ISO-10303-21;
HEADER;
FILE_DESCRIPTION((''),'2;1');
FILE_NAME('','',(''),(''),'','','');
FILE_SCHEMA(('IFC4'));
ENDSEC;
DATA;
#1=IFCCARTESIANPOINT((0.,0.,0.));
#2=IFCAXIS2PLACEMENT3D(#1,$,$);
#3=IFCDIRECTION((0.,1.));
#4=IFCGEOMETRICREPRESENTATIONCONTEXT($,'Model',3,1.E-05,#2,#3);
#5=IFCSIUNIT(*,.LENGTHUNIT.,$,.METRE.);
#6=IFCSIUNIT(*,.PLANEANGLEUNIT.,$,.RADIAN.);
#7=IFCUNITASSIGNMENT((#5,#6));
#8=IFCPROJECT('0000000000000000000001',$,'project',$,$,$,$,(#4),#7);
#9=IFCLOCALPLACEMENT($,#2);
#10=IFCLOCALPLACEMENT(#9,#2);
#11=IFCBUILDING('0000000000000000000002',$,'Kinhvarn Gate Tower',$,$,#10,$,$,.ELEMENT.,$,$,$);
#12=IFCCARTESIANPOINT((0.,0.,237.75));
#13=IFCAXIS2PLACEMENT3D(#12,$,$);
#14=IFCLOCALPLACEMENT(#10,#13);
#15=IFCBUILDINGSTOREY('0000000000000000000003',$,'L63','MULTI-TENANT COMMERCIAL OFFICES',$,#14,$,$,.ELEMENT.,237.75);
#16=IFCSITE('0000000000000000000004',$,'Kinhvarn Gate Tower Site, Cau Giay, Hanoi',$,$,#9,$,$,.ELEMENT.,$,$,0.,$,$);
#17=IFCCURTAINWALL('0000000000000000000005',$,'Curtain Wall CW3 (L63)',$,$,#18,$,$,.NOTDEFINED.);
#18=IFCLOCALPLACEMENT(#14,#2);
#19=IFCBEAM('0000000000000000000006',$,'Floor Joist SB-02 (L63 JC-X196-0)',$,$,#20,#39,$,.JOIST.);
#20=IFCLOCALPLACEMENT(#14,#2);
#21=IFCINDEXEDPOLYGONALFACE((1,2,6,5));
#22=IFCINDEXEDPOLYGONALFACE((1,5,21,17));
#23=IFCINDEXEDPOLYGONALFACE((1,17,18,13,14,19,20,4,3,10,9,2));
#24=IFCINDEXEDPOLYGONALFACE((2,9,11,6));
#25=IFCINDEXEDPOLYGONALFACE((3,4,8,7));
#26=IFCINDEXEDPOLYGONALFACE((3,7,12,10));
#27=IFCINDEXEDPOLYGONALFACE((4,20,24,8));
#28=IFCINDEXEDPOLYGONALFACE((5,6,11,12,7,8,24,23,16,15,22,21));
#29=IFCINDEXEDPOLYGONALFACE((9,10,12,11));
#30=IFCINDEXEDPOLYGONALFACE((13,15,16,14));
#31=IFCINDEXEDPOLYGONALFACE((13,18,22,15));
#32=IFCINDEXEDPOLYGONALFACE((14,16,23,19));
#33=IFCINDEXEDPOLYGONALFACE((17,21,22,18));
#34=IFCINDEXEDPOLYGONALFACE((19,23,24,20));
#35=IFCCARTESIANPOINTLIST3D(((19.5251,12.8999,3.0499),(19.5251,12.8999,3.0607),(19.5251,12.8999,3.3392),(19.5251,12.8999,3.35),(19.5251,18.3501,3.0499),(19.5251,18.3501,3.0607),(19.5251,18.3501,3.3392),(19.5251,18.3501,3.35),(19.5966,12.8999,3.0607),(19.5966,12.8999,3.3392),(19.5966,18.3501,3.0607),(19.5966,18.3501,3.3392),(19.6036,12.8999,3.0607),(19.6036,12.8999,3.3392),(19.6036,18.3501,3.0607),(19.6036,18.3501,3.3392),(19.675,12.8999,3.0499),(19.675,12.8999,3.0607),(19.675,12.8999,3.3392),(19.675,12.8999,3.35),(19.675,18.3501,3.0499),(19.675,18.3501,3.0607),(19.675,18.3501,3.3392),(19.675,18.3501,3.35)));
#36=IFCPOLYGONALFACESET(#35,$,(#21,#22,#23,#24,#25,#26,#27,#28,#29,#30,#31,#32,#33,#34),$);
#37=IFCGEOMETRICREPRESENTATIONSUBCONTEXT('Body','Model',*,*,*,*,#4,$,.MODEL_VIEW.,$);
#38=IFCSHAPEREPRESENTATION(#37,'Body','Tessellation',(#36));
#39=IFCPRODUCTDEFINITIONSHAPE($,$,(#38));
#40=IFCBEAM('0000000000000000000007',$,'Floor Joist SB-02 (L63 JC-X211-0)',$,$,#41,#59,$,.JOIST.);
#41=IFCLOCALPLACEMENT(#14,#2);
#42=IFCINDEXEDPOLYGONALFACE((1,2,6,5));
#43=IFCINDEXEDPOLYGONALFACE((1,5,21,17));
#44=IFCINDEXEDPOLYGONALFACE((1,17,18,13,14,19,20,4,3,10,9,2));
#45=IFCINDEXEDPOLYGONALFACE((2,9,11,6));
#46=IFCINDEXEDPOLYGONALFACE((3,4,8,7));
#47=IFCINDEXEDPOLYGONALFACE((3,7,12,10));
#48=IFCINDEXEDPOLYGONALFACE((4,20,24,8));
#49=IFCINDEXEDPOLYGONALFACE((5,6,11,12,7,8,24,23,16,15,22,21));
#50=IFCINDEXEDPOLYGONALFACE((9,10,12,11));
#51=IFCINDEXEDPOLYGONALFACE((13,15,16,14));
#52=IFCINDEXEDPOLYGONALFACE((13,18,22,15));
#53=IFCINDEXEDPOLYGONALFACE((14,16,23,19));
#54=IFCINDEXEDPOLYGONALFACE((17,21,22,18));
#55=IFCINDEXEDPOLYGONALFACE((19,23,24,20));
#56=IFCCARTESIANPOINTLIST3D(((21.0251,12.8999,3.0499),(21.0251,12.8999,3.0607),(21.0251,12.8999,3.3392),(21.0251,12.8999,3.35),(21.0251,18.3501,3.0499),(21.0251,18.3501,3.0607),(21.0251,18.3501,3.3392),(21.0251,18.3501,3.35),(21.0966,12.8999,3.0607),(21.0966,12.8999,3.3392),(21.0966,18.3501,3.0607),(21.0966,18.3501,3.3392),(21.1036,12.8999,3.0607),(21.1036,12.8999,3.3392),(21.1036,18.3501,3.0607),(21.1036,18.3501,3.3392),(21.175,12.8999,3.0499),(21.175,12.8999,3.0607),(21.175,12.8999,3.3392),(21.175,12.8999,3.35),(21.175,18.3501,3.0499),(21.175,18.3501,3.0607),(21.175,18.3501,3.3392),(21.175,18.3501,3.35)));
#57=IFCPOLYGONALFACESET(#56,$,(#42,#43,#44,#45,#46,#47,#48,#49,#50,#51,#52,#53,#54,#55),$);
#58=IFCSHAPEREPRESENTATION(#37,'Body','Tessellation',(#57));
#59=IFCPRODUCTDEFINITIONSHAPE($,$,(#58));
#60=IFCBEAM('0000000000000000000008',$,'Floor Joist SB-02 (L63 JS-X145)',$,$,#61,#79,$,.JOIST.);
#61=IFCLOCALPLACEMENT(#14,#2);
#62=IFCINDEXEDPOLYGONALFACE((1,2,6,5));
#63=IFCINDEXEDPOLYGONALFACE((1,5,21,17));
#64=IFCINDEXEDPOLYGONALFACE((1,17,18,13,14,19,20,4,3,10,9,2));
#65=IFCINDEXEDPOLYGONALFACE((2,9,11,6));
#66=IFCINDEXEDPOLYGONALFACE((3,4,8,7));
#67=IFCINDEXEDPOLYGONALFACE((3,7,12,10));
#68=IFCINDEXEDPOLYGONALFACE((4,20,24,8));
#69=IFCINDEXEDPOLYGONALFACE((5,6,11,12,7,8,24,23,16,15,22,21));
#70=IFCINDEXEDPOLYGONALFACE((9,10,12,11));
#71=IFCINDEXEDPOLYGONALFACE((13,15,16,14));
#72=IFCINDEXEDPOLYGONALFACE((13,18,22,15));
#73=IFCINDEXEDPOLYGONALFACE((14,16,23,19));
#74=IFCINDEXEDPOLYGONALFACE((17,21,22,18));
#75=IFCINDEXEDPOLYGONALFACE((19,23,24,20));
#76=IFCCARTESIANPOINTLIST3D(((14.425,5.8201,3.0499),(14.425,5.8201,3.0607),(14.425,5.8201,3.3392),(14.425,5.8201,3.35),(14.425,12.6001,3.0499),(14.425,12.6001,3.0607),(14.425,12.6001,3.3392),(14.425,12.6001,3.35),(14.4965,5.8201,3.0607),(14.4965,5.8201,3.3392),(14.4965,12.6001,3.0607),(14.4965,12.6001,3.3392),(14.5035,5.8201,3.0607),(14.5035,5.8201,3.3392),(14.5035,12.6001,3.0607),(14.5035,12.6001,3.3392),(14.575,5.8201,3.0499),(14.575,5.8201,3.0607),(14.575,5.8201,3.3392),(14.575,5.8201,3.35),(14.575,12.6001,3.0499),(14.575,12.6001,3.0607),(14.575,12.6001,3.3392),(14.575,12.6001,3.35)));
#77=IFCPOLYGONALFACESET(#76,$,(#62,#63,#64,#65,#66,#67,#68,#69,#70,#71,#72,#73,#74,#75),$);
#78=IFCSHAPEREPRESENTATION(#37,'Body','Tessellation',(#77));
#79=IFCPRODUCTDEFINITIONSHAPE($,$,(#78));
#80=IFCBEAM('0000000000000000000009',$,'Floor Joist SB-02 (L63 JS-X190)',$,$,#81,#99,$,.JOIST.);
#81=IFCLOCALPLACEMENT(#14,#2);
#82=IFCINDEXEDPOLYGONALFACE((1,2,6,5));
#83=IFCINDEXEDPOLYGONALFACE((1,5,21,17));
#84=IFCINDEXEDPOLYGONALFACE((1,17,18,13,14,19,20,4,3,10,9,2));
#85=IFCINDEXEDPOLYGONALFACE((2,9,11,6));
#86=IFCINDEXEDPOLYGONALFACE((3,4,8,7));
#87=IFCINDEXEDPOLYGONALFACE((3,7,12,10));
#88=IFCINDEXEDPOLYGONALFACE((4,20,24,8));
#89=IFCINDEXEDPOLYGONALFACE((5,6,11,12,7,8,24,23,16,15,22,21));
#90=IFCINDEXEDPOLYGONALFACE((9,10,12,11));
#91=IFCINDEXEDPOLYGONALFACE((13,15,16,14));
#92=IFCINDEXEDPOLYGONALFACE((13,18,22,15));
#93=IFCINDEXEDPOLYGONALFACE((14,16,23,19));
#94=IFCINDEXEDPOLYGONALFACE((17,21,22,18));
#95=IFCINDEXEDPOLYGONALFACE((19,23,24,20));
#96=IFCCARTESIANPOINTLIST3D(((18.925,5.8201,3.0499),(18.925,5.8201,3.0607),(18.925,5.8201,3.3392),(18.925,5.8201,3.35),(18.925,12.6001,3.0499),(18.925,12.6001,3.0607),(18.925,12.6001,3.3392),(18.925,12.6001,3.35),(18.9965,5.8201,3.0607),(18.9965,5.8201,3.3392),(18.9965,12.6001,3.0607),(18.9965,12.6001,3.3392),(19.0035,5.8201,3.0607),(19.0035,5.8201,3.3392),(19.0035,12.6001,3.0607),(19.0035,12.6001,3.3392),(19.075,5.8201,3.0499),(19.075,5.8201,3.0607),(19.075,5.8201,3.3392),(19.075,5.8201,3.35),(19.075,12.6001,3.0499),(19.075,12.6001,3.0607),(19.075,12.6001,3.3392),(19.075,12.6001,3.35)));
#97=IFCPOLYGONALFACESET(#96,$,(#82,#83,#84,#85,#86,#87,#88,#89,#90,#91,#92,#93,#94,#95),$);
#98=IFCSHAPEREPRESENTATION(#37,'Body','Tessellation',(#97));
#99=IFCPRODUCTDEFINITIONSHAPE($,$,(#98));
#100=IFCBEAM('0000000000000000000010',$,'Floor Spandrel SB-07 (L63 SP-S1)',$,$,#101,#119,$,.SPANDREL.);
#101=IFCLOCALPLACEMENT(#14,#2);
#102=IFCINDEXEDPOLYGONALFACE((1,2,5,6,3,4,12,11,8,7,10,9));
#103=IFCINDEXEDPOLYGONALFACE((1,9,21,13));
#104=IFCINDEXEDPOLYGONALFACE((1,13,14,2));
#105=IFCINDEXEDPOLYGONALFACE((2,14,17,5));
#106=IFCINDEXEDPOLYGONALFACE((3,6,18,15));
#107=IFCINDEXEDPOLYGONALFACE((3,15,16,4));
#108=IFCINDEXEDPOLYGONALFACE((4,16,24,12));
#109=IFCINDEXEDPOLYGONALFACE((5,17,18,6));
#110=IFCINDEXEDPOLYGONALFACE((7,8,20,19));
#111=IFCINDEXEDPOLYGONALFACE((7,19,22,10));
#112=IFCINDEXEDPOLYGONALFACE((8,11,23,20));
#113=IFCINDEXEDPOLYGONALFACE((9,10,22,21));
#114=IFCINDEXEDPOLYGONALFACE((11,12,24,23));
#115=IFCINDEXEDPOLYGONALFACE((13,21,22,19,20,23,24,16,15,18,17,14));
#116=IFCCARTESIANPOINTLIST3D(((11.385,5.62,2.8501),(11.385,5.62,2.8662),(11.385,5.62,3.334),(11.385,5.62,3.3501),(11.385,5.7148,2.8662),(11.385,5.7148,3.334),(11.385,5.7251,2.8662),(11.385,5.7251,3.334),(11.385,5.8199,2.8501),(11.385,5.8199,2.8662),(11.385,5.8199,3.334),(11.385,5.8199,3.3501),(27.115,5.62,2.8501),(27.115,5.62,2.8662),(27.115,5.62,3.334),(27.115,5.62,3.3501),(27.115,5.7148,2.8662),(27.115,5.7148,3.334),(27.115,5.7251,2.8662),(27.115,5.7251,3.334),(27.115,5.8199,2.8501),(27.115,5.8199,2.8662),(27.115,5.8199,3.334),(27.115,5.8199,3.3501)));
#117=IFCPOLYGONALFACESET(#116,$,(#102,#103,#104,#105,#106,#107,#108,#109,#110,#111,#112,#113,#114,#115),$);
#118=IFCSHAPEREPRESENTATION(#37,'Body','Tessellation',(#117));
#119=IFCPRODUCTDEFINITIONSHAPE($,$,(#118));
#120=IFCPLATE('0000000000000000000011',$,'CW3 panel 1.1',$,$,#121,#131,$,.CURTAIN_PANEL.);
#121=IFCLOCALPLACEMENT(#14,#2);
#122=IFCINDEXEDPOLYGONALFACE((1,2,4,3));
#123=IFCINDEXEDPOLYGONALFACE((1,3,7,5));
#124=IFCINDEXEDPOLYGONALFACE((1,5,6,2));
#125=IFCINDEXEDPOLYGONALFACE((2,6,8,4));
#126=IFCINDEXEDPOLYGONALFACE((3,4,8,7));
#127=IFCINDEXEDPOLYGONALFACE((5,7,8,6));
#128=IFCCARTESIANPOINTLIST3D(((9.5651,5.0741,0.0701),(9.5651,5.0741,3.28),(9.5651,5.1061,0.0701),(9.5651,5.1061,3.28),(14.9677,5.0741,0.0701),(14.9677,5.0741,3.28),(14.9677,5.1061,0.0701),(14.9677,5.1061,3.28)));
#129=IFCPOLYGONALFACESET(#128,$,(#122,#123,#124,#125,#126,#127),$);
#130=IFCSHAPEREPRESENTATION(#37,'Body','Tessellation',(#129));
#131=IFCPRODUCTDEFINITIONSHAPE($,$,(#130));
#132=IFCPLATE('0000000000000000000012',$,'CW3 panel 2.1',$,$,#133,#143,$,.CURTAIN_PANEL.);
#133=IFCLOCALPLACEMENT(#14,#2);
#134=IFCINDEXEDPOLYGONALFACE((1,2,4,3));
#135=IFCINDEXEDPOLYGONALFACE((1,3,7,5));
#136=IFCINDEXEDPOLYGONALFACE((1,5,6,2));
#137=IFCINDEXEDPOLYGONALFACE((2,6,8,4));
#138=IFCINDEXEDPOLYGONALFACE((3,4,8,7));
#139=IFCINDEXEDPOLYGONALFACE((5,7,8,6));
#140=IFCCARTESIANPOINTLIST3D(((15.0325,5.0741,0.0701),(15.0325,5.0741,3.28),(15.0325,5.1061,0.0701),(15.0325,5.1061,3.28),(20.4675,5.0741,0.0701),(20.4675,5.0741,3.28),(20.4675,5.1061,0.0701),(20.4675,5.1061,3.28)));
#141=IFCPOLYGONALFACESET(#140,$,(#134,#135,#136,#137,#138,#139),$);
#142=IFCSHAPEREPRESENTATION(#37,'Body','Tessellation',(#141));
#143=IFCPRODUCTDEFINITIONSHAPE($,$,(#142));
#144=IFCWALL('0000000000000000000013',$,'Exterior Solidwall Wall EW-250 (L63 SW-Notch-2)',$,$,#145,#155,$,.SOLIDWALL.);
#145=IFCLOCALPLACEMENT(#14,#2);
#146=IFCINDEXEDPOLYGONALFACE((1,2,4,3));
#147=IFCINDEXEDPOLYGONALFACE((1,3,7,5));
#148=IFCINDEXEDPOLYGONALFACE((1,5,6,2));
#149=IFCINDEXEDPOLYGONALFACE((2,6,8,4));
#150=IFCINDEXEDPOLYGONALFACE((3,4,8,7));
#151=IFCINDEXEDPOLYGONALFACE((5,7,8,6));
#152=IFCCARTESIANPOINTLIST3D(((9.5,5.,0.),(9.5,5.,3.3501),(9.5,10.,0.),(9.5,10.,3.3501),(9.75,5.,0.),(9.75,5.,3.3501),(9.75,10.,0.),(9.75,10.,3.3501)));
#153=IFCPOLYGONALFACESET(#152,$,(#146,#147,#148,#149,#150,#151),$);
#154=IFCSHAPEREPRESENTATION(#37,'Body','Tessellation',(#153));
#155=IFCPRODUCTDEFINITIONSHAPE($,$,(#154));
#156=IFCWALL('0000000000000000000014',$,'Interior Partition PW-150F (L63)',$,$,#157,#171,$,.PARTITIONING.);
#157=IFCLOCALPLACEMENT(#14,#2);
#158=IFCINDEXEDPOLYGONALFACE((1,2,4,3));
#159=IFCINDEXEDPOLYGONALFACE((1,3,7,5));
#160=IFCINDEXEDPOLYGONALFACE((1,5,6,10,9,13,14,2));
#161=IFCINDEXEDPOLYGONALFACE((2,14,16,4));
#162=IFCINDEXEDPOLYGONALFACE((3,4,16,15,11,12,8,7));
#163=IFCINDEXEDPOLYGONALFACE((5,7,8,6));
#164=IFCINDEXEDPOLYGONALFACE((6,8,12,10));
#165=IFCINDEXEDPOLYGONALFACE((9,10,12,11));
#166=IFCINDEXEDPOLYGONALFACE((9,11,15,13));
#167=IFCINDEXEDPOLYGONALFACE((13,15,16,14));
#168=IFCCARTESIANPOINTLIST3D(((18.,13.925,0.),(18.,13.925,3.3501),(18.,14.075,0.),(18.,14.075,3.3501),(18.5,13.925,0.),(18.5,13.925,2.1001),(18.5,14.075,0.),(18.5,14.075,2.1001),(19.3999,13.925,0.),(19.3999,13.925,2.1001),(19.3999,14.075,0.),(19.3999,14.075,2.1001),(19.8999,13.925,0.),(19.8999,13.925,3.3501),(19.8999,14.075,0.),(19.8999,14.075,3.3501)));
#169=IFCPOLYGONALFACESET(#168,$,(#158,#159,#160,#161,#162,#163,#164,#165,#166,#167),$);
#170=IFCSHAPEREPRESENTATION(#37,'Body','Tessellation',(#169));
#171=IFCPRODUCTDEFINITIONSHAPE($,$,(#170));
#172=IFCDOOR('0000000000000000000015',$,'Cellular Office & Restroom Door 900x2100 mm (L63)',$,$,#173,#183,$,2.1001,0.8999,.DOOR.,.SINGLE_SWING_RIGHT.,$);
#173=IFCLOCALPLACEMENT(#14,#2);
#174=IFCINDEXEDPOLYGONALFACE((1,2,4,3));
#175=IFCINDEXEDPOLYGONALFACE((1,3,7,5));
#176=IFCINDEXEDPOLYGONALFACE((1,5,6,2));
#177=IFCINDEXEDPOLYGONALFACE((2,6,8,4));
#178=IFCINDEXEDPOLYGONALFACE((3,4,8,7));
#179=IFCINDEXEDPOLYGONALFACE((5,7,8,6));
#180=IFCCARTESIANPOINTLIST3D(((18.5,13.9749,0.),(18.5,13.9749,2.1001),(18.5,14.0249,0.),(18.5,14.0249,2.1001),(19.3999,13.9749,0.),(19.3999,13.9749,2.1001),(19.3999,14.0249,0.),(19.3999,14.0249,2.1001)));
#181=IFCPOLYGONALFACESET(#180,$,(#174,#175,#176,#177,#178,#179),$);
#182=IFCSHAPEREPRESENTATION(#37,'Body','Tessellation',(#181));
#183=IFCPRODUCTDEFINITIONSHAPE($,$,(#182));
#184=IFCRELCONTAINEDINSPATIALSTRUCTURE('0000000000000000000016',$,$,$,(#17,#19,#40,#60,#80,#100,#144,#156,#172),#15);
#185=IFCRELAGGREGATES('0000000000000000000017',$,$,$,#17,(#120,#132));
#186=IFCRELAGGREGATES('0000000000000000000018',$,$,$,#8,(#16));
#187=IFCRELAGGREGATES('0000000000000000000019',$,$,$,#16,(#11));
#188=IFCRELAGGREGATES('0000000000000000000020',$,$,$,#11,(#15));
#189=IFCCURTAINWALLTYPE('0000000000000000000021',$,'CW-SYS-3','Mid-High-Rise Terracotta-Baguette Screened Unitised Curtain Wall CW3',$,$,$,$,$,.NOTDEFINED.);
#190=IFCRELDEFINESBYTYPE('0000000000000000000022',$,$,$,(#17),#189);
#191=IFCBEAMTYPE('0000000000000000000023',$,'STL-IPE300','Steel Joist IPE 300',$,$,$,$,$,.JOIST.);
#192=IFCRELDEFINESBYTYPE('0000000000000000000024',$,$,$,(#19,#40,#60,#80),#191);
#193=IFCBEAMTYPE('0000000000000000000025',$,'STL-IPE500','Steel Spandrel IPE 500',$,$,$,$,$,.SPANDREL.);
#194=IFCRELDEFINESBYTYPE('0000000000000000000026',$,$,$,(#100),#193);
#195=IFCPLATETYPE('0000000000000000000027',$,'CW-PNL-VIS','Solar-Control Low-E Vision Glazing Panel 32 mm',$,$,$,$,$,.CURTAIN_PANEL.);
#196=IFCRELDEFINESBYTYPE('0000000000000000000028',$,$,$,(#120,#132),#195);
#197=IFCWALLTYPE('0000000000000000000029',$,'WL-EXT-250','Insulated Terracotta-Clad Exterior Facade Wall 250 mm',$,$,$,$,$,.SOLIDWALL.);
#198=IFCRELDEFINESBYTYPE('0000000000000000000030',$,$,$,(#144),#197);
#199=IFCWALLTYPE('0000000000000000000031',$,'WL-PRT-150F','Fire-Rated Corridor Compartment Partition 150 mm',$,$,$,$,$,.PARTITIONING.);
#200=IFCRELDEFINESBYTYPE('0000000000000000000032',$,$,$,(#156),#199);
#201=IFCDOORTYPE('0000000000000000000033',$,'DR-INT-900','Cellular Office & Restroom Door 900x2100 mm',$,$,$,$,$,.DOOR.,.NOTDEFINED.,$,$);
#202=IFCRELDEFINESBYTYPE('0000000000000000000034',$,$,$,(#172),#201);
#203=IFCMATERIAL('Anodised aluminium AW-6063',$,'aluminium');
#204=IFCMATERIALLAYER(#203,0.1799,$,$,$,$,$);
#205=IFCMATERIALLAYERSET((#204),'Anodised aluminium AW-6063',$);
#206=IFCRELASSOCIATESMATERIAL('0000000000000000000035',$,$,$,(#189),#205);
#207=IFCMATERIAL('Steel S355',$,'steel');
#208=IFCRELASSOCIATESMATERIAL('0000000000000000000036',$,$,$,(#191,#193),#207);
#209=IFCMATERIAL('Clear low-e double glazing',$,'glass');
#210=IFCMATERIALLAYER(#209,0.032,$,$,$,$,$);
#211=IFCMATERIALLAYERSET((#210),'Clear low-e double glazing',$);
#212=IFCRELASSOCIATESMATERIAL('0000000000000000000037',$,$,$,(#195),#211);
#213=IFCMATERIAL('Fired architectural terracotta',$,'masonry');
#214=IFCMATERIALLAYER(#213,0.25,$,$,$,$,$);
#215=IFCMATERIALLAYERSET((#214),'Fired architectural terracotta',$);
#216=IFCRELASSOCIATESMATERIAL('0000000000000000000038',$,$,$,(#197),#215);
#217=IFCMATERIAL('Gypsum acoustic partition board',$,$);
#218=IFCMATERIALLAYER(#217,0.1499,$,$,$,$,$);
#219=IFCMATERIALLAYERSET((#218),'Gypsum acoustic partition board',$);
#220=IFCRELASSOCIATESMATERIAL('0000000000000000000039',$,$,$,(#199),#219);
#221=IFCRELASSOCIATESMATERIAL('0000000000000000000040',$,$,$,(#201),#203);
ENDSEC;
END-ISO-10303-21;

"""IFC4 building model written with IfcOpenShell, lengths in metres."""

from ifc_helpers import new_model, si_unit, direction, frame, frame_2d, origin, origin_2d, place, context, subcontext, project, spatial, rectangle, i_section, extrude, material, layer, layer_set, material_profile, profile_set, type_object, element, fill, aggregate, save


model = new_model("IFC4")

# Units and contexts
model_context = context("Model", 3, precision=1e-05, world=origin(), true_north=direction((0.0, 1.0)))
body_context = subcontext(model_context, "Body", "Model", "MODEL_VIEW")
ifc_project = project(units=[si_unit("LENGTHUNIT", "METRE"), si_unit("PLANEANGLEUNIT", "RADIAN")], contexts=[model_context])

# Site, building, storey
site_placement = place(None, origin())
site = spatial("IfcSite", under=ifc_project, at=site_placement, Name="Kinhvarn Gate Tower Site, Cau Giay, Hanoi", CompositionType="ELEMENT", RefElevation=0.0)
building_placement = place(site_placement, origin())
building = spatial("IfcBuilding", under=site, at=building_placement, Name="Kinhvarn Gate Tower", CompositionType="ELEMENT")
storey_placement = place(building_placement, frame((0.0, 0.0, 237.75)))
storey = spatial("IfcBuildingStorey", under=building, at=storey_placement, Name="L63", Description="MULTI-TENANT COMMERCIAL OFFICES", CompositionType="ELEMENT", Elevation=237.75)

# Curtain wall
ifc_material_1 = material(Name="Anodised aluminium AW-6063", Category="aluminium")
ifc_layer_1 = layer(ifc_material_1, 0.1799)
ifc_layer_set_1 = layer_set([ifc_layer_1], Name="Anodised aluminium AW-6063")
curtain_wall_type = type_object("IfcCurtainWallType", Name="CW-SYS-3", Description="Mid-High-Rise Terracotta-Baguette Screened Unitised Curtain Wall CW3", PredefinedType="NOTDEFINED", material=ifc_layer_set_1)
curtain_wall_placement = place(storey_placement, origin())
curtain_wall = element("IfcCurtainWall", 1, at=curtain_wall_placement, inside=storey, type_object=curtain_wall_type, Name="Curtain Wall CW3 (L63)", PredefinedType="NOTDEFINED")

# Beams
ifc_material_2 = material(Name="Steel S355", Category="steel")
ifc_material_profile_1 = material_profile(ifc_material_2, i_section(OverallWidth=0.1499, OverallDepth=0.3, WebThickness=0.0071, FlangeThickness=0.0107, at=origin_2d()), Name="IPE 300")
ifc_profile_set_1 = profile_set([ifc_material_profile_1], Name="Steel S355")
beam_type_1 = type_object("IfcBeamType", Name="STL-IPE300", Description="Steel Joist IPE 300", PredefinedType="JOIST", material=ifc_profile_set_1)
for number, where, z_axis, x_axis, name in (
    (2, (19.6001, 12.8999, 3.2), (0.0, 1.0, 0.0), (-1.0, 0.0, 0.0), "Floor Joist SB-02 (L63 JC-X196-0)"),
    (3, (21.1001, 12.8999, 3.2), (0.0, 1.0, 0.0), (-1.0, 0.0, 0.0), "Floor Joist SB-02 (L63 JC-X211-0)"),
):
    element("IfcBeam", number, at=place(storey_placement, frame(where, z_axis=z_axis, x_axis=x_axis)), inside=storey, type_object=beam_type_1, Name=name, PredefinedType="JOIST", context=body_context, shape_type="SweptSolid", body=[
        extrude(i_section(OverallWidth=0.1499, OverallDepth=0.3, WebThickness=0.0071, FlangeThickness=0.0107, at=origin_2d()), origin(), (0.0, 0.0, 1.0), 5.4502),
    ])
for number, where, z_axis, x_axis, name in (
    (4, (14.5, 5.8201, 3.2), (0.0, 1.0, 0.0), (-1.0, 0.0, 0.0), "Floor Joist SB-02 (L63 JS-X145)"),
    (5, (19.0, 5.8201, 3.2), (0.0, 1.0, 0.0), (-1.0, 0.0, 0.0), "Floor Joist SB-02 (L63 JS-X190)"),
):
    element("IfcBeam", number, at=place(storey_placement, frame(where, z_axis=z_axis, x_axis=x_axis)), inside=storey, type_object=beam_type_1, Name=name, PredefinedType="JOIST", context=body_context, shape_type="SweptSolid", body=[
        extrude(i_section(OverallWidth=0.1499, OverallDepth=0.3, WebThickness=0.0071, FlangeThickness=0.0107, at=origin_2d()), origin(), (0.0, 0.0, 1.0), 6.78),
    ])
ifc_material_profile_2 = material_profile(ifc_material_2, i_section(OverallWidth=0.2, OverallDepth=0.5, WebThickness=0.0103, FlangeThickness=0.0161, at=origin_2d()), Name="IPE 500")
ifc_profile_set_2 = profile_set([ifc_material_profile_2], Name="Steel S355")
beam_type_2 = type_object("IfcBeamType", Name="STL-IPE500", Description="Steel Spandrel IPE 500", PredefinedType="SPANDREL", material=ifc_profile_set_2)
beam_1_placement = place(storey_placement, frame((11.385, 5.72, 3.1001), z_axis=(1.0, 0.0, 0.0), x_axis=(0.0, 1.0, 0.0)))
element("IfcBeam", 6, at=beam_1_placement, inside=storey, type_object=beam_type_2, Name="Floor Spandrel SB-07 (L63 SP-S1)", PredefinedType="SPANDREL", context=body_context, shape_type="SweptSolid", body=[
    extrude(i_section(OverallWidth=0.2, OverallDepth=0.5, WebThickness=0.0103, FlangeThickness=0.0161, at=origin_2d()), origin(), (0.0, 0.0, 1.0), 15.73),
])

# Plates
ifc_material_3 = material(Name="Clear low-e double glazing", Category="glass")
ifc_layer_2 = layer(ifc_material_3, 0.032)
ifc_layer_set_2 = layer_set([ifc_layer_2], Name="Clear low-e double glazing")
plate_type = type_object("IfcPlateType", Name="CW-PNL-VIS", Description="Solar-Control Low-E Vision Glazing Panel 32 mm", PredefinedType="CURTAIN_PANEL", material=ifc_layer_set_2)
plate_1_placement = place(storey_placement, frame((12.2664, 5.0901, 0.0701), z_axis=(0.0, 0.0, 1.0), x_axis=(1.0, 0.0, 0.0)))
plate_1 = element("IfcPlate", 7, at=plate_1_placement, type_object=plate_type, Name="CW3 panel 1.1", PredefinedType="CURTAIN_PANEL", context=body_context, shape_type="SweptSolid", body=[
    extrude(rectangle(XDim=5.4026, YDim=0.032, at=origin_2d()), origin(), (0.0, 0.0, 1.0), 3.21),
])
plate_2_placement = place(storey_placement, frame((17.75, 5.0901, 0.0701), z_axis=(0.0, 0.0, 1.0), x_axis=(1.0, 0.0, 0.0)))
plate_2 = element("IfcPlate", 8, at=plate_2_placement, type_object=plate_type, Name="CW3 panel 2.1", PredefinedType="CURTAIN_PANEL", context=body_context, shape_type="SweptSolid", body=[
    extrude(rectangle(XDim=5.4351, YDim=0.032, at=origin_2d()), origin(), (0.0, 0.0, 1.0), 3.21),
])
aggregate(curtain_wall, [plate_1, plate_2])

# Wall
ifc_material_4 = material(Name="Fired architectural terracotta", Category="masonry")
ifc_layer_3 = layer(ifc_material_4, 0.25)
ifc_layer_set_3 = layer_set([ifc_layer_3], Name="Fired architectural terracotta")
wall_type_1 = type_object("IfcWallType", Name="WL-EXT-250", Description="Insulated Terracotta-Clad Exterior Facade Wall 250 mm", PredefinedType="SOLIDWALL", material=ifc_layer_set_3)
wall_1_placement = place(storey_placement, frame((9.625, 10.0, 0.0), z_axis=(0.0, 0.0, 1.0), x_axis=(0.0, -1.0, 0.0)))
element("IfcWall", 9, at=wall_1_placement, inside=storey, type_object=wall_type_1, Name="Exterior Solidwall Wall EW-250 (L63 SW-Notch-2)", PredefinedType="SOLIDWALL", context=body_context, shape_type="SweptSolid", body=[
    extrude(rectangle(XDim=5.0, YDim=0.25, at=frame_2d((2.5, 0.0))), origin(), (0.0, 0.0, 1.0), 3.3501),
])

# Wall, opening, door
ifc_material_5 = material(Name="Gypsum acoustic partition board")
ifc_layer_4 = layer(ifc_material_5, 0.1499)
ifc_layer_set_4 = layer_set([ifc_layer_4], Name="Gypsum acoustic partition board")
wall_type_2 = type_object("IfcWallType", Name="WL-PRT-150F", Description="Fire-Rated Corridor Compartment Partition 150 mm", PredefinedType="PARTITIONING", material=ifc_layer_set_4)
wall_2_placement = place(storey_placement, frame((18.0, 14.0, 0.0), z_axis=(0.0, 0.0, 1.0), x_axis=(1.0, 0.0, 0.0)))
wall_2 = element("IfcWall", 10, at=wall_2_placement, inside=storey, type_object=wall_type_2, Name="Interior Partition PW-150F (L63)", PredefinedType="PARTITIONING", context=body_context, shape_type="SweptSolid", body=[
    extrude(rectangle(XDim=1.8999, YDim=0.1499, at=frame_2d((0.95, 0.0))), origin(), (0.0, 0.0, 1.0), 3.3501),
])
opening_placement = place(wall_2_placement, frame((0.5, 0.0, 0.0)))
opening = element("IfcOpeningElement", 11, at=opening_placement, cuts=wall_2, PredefinedType="OPENING", context=body_context, shape_type="SweptSolid", body=[
    extrude(rectangle(XDim=0.8999, YDim=2.1001, at=frame_2d((0.45, 1.05))), frame((0.0, 0.085, 0.0), z_axis=(0.0, -1.0, 0.0), x_axis=(1.0, 0.0, 0.0)), (0.0, 0.0, 1.0), 0.1699),
])
door_type = type_object("IfcDoorType", Name="DR-INT-900", Description="Cellular Office & Restroom Door 900x2100 mm", OperationType="NOTDEFINED", PredefinedType="DOOR", material=ifc_material_1)
door_placement = place(opening_placement, origin())
door = element("IfcDoor", 12, at=door_placement, inside=storey, type_object=door_type, Name="Cellular Office & Restroom Door 900x2100 mm (L63)", OperationType="SINGLE_SWING_RIGHT", OverallHeight=2.1001, OverallWidth=0.8999, PredefinedType="DOOR", context=body_context, shape_type="SweptSolid", body=[
    extrude(rectangle(XDim=0.8999, YDim=2.1001, at=frame_2d((0.45, 1.05))), frame((0.0, 0.0249, 0.0), z_axis=(0.0, -1.0, 0.0), x_axis=(1.0, 0.0, 0.0)), (0.0, 0.0, 1.0), 0.05),
])
fill(opening, door)

save(model, "model.ifc")
